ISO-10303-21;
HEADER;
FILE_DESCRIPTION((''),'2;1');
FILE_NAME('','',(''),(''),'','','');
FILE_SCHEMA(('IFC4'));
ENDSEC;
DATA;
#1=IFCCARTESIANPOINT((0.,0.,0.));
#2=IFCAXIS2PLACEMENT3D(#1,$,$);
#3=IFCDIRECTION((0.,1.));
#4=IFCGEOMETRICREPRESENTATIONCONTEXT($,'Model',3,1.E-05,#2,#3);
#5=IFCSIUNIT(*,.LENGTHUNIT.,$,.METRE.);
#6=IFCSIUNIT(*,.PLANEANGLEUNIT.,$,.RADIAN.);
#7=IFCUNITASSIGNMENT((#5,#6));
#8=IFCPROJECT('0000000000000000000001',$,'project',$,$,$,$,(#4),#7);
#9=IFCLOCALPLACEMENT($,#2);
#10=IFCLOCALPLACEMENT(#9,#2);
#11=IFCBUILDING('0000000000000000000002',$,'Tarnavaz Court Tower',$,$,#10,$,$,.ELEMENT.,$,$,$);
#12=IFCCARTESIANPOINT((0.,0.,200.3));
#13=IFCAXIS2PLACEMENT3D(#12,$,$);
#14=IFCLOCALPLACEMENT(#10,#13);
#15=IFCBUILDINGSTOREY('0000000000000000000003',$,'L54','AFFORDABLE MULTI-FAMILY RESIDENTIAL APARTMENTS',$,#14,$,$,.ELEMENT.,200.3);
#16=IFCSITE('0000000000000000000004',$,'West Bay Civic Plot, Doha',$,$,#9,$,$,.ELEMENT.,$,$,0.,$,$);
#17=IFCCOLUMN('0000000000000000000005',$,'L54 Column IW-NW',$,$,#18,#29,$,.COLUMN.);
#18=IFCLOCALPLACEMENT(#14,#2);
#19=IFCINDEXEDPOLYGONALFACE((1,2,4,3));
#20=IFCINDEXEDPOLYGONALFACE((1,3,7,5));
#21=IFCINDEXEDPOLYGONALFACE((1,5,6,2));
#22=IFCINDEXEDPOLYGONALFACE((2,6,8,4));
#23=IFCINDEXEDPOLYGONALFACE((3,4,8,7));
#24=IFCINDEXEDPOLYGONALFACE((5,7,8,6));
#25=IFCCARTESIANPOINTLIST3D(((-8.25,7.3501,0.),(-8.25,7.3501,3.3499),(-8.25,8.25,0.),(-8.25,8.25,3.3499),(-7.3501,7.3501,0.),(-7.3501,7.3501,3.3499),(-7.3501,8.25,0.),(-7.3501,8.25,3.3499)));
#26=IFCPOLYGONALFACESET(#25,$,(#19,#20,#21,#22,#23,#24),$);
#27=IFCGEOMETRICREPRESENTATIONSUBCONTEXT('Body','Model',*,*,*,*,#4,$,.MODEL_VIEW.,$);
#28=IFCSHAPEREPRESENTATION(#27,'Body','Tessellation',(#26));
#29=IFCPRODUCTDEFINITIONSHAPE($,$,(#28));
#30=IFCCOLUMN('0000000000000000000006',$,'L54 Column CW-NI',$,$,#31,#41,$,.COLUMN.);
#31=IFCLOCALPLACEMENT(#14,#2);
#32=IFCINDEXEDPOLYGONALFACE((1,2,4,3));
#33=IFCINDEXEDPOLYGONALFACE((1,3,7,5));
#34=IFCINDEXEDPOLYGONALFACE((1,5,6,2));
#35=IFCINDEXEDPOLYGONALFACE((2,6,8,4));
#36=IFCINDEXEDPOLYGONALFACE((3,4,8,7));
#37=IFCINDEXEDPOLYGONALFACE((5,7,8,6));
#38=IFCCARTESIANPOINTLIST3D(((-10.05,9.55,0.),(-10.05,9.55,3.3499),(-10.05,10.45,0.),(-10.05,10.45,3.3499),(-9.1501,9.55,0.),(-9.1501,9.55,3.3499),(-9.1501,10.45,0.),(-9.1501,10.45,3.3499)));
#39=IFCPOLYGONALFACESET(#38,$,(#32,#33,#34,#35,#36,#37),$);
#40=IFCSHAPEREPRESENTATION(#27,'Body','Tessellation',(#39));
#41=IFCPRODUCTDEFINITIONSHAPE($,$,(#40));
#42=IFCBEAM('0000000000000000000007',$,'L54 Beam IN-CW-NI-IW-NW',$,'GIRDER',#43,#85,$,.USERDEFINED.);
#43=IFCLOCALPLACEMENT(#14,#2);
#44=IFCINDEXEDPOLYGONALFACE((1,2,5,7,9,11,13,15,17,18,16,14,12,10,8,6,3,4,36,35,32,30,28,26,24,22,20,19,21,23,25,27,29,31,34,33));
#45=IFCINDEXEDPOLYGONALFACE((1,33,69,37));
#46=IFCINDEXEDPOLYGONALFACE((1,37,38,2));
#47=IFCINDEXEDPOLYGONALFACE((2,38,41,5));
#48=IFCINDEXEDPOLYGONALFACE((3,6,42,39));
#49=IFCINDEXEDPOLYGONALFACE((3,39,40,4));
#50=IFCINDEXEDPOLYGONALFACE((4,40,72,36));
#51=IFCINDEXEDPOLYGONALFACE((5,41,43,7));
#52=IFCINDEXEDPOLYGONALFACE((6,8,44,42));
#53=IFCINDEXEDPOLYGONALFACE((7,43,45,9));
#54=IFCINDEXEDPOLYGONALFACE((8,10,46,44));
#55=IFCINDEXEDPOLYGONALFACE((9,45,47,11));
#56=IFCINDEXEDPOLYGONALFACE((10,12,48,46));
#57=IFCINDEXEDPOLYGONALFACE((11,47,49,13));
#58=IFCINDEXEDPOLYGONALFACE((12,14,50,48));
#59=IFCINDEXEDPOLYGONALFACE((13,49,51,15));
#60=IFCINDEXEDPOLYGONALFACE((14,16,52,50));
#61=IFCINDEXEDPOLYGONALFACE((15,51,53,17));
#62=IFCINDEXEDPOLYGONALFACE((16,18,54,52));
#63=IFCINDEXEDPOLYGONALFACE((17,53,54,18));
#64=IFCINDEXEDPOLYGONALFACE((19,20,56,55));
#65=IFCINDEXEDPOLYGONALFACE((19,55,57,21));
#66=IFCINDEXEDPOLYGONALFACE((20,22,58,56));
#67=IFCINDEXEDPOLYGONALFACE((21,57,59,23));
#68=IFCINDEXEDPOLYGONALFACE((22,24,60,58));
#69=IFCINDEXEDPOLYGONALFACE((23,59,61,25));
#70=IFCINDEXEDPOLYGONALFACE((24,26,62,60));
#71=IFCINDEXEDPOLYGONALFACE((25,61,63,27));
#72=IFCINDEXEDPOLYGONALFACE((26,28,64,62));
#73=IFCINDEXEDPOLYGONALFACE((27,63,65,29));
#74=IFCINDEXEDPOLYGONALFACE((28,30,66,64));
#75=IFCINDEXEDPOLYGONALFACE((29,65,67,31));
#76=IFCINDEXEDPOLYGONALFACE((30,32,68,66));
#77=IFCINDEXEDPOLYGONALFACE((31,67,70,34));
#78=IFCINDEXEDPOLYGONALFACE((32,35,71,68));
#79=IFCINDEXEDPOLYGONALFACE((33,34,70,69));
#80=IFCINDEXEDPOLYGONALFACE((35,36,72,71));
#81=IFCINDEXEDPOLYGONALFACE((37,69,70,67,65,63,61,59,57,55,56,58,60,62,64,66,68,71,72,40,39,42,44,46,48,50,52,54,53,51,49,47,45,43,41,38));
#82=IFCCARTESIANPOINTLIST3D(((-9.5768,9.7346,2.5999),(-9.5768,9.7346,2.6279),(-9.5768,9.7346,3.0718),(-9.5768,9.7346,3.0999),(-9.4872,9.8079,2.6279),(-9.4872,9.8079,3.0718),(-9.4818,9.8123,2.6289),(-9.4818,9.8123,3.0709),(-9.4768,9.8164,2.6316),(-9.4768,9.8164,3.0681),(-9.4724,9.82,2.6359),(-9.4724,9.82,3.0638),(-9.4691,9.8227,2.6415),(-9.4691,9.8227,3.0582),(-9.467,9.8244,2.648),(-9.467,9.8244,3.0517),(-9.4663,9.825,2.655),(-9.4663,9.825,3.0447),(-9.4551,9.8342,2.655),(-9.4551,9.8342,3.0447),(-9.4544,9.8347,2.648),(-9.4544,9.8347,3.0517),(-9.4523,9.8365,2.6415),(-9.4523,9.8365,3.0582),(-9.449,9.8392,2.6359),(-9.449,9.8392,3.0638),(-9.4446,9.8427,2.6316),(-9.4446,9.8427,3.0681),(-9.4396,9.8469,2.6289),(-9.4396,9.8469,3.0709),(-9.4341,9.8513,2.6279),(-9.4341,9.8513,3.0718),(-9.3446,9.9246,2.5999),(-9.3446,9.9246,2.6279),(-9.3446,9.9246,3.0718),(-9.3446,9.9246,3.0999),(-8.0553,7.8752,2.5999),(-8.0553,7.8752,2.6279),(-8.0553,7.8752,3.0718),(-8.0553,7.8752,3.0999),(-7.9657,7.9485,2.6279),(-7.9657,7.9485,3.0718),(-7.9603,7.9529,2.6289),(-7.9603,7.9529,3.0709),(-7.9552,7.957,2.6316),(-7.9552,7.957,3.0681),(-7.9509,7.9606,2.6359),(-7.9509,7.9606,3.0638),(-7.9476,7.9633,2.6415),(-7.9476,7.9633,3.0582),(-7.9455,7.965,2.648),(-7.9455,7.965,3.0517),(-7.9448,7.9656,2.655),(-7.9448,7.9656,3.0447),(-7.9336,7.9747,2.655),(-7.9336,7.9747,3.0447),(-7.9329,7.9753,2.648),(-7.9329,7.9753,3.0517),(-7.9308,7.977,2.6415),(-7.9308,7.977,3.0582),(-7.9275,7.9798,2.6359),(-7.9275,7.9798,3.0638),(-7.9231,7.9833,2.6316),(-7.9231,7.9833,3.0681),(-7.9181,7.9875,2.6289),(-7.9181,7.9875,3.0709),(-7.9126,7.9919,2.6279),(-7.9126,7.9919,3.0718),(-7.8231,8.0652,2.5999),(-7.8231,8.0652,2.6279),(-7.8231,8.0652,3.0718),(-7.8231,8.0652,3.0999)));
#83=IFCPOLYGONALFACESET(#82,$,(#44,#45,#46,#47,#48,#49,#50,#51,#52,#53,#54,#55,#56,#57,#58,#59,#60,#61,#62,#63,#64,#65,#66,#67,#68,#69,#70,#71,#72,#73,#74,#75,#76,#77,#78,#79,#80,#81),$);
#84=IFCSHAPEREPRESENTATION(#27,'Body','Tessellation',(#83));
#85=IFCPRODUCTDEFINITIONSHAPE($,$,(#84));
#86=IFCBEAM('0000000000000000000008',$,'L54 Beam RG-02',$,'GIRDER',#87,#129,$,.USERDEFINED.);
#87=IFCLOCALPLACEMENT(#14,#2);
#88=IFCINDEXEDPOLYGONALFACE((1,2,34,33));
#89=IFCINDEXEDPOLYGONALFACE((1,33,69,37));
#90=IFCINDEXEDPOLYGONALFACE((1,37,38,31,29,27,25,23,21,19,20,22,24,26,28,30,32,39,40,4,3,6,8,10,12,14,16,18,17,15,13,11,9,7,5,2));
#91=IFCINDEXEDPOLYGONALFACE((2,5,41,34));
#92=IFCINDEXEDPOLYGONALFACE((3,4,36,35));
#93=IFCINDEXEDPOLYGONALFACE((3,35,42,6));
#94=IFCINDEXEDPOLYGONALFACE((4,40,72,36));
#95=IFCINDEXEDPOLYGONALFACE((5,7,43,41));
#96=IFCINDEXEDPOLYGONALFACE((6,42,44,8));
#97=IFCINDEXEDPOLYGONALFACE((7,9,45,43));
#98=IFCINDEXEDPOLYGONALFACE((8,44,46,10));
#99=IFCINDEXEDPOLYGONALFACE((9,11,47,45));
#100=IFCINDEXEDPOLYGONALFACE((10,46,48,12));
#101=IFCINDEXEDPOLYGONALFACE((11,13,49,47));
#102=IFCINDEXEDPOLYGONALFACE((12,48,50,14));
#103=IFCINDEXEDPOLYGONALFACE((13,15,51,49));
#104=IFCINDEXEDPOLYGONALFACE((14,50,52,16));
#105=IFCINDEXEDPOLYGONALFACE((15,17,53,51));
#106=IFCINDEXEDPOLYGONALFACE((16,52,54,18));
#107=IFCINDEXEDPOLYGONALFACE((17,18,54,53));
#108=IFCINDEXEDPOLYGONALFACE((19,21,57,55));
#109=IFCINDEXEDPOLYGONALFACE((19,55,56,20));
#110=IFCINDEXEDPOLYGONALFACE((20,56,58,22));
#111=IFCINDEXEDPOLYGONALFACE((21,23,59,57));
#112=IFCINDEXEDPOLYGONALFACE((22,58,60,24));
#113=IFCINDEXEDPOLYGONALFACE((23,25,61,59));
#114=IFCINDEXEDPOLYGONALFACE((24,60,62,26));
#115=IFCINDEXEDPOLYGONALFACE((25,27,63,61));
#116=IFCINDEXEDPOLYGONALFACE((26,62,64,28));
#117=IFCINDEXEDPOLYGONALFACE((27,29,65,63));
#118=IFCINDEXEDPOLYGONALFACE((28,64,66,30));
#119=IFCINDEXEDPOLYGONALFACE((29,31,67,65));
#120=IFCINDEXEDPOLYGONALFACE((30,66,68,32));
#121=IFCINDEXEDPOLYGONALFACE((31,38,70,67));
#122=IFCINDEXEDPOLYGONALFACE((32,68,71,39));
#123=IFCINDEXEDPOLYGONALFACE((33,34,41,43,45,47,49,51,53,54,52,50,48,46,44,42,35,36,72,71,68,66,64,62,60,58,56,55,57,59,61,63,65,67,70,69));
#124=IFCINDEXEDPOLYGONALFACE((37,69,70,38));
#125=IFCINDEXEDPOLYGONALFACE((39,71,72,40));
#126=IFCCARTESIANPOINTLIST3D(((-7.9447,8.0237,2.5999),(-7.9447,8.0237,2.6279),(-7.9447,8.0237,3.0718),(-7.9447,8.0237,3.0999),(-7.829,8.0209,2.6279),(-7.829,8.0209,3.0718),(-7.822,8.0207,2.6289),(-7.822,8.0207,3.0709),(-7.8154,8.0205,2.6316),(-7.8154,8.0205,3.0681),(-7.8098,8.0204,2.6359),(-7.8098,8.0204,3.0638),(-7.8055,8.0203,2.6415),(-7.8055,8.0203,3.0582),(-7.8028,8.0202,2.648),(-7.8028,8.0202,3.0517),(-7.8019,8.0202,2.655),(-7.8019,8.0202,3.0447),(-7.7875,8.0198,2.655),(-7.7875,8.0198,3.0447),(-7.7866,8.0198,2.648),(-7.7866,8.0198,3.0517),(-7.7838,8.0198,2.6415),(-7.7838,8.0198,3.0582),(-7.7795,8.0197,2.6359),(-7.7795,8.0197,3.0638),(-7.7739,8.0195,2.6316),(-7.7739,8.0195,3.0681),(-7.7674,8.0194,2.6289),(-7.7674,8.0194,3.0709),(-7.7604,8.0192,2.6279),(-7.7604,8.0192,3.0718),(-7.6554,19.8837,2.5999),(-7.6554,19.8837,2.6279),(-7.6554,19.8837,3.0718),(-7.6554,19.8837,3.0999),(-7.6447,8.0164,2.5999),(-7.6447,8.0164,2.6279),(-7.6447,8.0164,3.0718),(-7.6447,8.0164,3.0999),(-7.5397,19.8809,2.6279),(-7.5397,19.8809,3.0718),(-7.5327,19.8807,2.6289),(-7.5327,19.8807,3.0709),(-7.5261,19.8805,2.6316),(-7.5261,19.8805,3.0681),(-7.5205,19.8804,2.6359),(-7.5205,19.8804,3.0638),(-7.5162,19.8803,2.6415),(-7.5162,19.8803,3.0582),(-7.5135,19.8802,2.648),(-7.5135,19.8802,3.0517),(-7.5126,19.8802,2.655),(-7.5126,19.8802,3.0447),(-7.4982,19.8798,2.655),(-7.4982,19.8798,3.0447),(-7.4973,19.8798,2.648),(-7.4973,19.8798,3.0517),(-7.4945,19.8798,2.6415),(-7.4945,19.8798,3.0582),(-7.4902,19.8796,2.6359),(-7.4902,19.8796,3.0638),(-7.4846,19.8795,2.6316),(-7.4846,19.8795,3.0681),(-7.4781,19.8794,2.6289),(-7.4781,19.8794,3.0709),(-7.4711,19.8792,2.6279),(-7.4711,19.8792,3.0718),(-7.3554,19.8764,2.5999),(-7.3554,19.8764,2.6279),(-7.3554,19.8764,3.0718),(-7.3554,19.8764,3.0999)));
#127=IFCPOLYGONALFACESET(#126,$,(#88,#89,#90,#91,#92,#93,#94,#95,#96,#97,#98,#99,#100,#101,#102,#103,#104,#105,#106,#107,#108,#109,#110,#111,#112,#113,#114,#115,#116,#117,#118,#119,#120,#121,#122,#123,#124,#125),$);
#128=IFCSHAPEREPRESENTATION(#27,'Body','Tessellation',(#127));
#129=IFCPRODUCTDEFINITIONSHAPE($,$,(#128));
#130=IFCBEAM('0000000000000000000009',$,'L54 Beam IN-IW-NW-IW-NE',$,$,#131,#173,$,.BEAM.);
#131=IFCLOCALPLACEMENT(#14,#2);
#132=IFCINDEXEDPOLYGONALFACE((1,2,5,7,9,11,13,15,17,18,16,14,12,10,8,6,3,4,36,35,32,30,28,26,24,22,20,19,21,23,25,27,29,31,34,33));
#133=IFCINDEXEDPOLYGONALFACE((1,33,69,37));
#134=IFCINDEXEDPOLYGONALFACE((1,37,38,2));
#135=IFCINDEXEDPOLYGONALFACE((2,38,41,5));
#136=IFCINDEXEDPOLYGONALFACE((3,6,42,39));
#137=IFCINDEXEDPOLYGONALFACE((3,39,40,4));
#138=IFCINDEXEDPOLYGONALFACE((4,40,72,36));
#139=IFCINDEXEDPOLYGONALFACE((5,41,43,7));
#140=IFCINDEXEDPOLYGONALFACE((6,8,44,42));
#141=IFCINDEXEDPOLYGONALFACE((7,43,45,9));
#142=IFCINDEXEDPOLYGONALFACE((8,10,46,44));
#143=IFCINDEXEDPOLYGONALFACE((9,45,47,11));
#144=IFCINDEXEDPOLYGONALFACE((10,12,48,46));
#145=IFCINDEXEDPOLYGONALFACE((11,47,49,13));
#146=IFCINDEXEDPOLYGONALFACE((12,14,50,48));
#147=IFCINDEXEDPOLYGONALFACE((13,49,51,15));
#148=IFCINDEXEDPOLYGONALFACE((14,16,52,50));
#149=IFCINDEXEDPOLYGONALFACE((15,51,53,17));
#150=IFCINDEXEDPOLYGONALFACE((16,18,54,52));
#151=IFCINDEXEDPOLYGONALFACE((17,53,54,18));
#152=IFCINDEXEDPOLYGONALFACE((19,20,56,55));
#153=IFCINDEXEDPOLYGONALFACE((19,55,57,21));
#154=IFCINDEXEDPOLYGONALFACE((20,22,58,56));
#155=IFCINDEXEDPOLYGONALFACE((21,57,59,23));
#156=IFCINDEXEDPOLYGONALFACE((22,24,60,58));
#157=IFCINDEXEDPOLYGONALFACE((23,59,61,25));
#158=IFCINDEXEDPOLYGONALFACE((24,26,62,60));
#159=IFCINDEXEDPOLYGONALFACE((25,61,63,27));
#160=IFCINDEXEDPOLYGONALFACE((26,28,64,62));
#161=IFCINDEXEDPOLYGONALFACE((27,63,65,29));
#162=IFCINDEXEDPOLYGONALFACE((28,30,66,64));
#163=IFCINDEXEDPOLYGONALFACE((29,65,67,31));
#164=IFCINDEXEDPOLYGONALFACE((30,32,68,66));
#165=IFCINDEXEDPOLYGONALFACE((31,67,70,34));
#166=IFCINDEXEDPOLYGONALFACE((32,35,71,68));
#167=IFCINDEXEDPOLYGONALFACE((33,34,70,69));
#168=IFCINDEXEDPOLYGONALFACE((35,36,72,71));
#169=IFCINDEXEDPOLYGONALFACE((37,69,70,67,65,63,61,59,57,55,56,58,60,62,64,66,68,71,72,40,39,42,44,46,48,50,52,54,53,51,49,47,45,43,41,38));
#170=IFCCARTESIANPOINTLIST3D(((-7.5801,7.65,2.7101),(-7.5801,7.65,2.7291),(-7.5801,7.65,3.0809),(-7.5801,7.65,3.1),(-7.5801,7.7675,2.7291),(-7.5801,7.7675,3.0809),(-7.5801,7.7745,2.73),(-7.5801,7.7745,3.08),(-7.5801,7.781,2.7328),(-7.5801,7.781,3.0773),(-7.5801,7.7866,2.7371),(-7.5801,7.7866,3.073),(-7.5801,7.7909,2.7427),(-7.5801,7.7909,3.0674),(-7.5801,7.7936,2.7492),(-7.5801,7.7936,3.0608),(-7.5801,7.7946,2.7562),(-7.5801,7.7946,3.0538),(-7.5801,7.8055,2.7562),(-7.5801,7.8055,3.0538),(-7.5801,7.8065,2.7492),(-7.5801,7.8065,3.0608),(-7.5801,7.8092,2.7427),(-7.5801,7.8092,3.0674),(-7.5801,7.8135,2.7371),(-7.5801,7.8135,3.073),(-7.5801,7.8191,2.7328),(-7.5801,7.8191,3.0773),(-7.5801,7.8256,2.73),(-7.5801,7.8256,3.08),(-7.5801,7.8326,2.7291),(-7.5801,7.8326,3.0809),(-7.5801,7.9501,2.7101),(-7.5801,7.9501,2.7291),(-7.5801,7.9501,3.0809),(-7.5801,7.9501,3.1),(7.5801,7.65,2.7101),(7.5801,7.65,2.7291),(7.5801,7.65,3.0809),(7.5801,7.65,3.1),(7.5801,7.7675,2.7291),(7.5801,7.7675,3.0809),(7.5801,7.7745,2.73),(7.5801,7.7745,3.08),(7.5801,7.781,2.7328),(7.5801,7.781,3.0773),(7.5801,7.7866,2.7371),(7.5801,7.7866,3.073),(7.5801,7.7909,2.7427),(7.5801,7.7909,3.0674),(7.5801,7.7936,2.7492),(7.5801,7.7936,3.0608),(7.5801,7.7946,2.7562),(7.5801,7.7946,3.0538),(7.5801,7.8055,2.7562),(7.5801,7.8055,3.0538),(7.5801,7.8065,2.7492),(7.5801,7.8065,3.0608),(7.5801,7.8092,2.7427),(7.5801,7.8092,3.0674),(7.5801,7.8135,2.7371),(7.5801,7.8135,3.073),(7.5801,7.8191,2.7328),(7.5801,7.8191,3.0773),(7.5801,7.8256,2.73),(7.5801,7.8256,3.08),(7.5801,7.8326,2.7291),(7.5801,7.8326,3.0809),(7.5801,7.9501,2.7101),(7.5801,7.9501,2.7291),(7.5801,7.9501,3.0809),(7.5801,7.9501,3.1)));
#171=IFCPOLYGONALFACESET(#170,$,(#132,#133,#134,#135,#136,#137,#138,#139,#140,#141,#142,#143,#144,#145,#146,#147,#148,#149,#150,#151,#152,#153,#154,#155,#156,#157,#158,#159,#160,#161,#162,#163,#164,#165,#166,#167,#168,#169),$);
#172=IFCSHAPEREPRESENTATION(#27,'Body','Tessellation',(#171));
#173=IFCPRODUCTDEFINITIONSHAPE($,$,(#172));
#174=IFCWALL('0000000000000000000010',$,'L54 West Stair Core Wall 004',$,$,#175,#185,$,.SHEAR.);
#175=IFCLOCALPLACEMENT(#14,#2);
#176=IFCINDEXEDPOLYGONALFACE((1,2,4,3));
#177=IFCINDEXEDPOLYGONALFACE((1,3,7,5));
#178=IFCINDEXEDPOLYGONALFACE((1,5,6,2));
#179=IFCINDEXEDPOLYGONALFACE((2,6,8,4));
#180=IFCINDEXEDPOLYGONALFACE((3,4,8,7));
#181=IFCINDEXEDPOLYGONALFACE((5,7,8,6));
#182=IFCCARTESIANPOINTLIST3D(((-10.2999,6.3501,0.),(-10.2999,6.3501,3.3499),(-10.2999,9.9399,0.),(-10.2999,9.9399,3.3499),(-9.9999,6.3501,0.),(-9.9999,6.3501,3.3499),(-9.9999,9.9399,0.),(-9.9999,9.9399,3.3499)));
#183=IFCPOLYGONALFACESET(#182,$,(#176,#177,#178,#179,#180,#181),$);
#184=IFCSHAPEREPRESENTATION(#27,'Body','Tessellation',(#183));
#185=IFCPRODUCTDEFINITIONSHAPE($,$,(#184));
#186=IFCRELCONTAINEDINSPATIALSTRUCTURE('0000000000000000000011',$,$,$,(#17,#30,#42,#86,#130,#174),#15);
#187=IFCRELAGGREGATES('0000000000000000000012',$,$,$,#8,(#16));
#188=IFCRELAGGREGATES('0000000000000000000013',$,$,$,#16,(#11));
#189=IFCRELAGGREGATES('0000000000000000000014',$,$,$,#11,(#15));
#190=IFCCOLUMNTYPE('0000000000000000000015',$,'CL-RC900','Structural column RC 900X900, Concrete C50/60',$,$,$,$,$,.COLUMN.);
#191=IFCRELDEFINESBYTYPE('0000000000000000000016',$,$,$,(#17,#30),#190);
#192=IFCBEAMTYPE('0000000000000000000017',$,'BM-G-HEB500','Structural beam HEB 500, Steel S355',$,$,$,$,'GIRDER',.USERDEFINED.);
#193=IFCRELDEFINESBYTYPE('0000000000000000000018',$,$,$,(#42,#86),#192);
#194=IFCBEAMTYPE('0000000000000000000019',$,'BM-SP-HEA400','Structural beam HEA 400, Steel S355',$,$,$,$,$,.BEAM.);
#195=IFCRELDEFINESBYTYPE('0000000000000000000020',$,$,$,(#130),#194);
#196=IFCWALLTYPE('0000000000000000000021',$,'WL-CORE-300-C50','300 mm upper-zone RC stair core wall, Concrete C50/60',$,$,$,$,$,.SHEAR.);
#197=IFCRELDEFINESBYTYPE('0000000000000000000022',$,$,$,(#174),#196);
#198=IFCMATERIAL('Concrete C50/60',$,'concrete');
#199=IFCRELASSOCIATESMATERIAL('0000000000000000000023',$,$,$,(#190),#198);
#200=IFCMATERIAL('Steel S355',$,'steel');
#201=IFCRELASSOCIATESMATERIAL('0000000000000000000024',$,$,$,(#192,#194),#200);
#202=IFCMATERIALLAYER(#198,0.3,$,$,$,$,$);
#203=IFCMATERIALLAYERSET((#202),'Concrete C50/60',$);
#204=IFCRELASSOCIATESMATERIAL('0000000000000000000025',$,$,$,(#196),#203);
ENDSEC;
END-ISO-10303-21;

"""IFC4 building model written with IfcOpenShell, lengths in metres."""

from ifc_helpers import new_model, si_unit, direction, frame, frame_2d, origin, origin_2d, place, context, subcontext, project, spatial, rectangle, i_section, extrude, material, layer, layer_set, material_profile, profile_set, type_object, element, save


model = new_model("IFC4")

# Units and contexts
model_context = context("Model", 3, precision=1e-05, world=origin(), true_north=direction((0.0, 1.0)))
body_context = subcontext(model_context, "Body", "Model", "MODEL_VIEW")
ifc_project = project(units=[si_unit("LENGTHUNIT", "METRE"), si_unit("PLANEANGLEUNIT", "RADIAN")], contexts=[model_context])

# Site, building, storey
site_placement = place(None, origin())
site = spatial("IfcSite", under=ifc_project, at=site_placement, Name="West Bay Civic Plot, Doha", CompositionType="ELEMENT", RefElevation=0.0)
building_placement = place(site_placement, origin())
building = spatial("IfcBuilding", under=site, at=building_placement, Name="Tarnavaz Court Tower", CompositionType="ELEMENT")
storey_placement = place(building_placement, frame((0.0, 0.0, 200.3)))
storey = spatial("IfcBuildingStorey", under=building, at=storey_placement, Name="L54", Description="AFFORDABLE MULTI-FAMILY RESIDENTIAL APARTMENTS", CompositionType="ELEMENT", Elevation=200.3)

# Columns
ifc_material_1 = material(Name="Concrete C50/60", Category="concrete")
ifc_material_profile_1 = material_profile(ifc_material_1, rectangle(XDim=0.8999, YDim=0.8999, at=origin_2d()), Name="RC 900X900")
ifc_profile_set_1 = profile_set([ifc_material_profile_1], Name="Concrete C50/60")
column_type = type_object("IfcColumnType", Name="CL-RC900", Description="Structural column RC 900X900, Concrete C50/60", PredefinedType="COLUMN", material=ifc_profile_set_1)
for number, where, z_axis, x_axis, name in (
    (1, (-7.8, 7.8, 0.0), (0.0, 0.0, 1.0), (1.0, 0.0, 0.0), "L54 Column IW-NW"),
    (2, (-9.6001, 10.0, 0.0), (0.0, 0.0, 1.0), (1.0, 0.0, 0.0), "L54 Column CW-NI"),
):
    element("IfcColumn", number, at=place(storey_placement, frame(where, z_axis=z_axis, x_axis=x_axis)), inside=storey, type_object=column_type, Name=name, PredefinedType="COLUMN", context=body_context, shape_type="SweptSolid", body=[
        extrude(rectangle(XDim=0.8999, YDim=0.8999, at=origin_2d()), origin(), (0.0, 0.0, 1.0), 3.3499),
    ])

# Beams
ifc_material_2 = material(Name="Steel S355", Category="steel")
ifc_material_profile_2 = material_profile(ifc_material_2, i_section(OverallWidth=0.3, OverallDepth=0.5, WebThickness=0.0144, FlangeThickness=0.0281, FilletRadius=0.0271, at=origin_2d()), Name="HEB 500")
ifc_profile_set_2 = profile_set([ifc_material_profile_2], Name="Steel S355")
beam_type_1 = type_object("IfcBeamType", Name="BM-G-HEB500", Description="Structural beam HEB 500, Steel S355", ElementType="GIRDER", PredefinedType="USERDEFINED", material=ifc_profile_set_2)
beam_1_placement = place(storey_placement, frame((-9.4607, 9.8296, 2.8499), z_axis=(0.633282, -0.773921, 0.0), x_axis=(0.773921, 0.633282, 0.0)))
element("IfcBeam", 3, at=beam_1_placement, inside=storey, type_object=beam_type_1, Name="L54 Beam IN-CW-NI-IW-NW", ObjectType="GIRDER", PredefinedType="USERDEFINED", context=body_context, shape_type="SweptSolid", body=[
    extrude(i_section(OverallWidth=0.3, OverallDepth=0.5, WebThickness=0.0144, FlangeThickness=0.0281, FilletRadius=0.0271, at=origin_2d()), origin(), (0.0, 0.0, 1.0), 2.4026),
])
beam_2_placement = place(storey_placement, frame((-7.7947, 8.02, 2.8499), z_axis=(0.024386, 0.999703, 0.0), x_axis=(-0.999703, 0.024386, 0.0)))
element("IfcBeam", 4, at=beam_2_placement, inside=storey, type_object=beam_type_1, Name="L54 Beam RG-02", ObjectType="GIRDER", PredefinedType="USERDEFINED", context=body_context, shape_type="SweptSolid", body=[
    extrude(i_section(OverallWidth=0.3, OverallDepth=0.5, WebThickness=0.0144, FlangeThickness=0.0281, FilletRadius=0.0271, at=origin_2d()), origin(), (0.0, 0.0, 1.0), 11.8635),
])
ifc_material_profile_3 = material_profile(ifc_material_2, i_section(OverallWidth=0.3, OverallDepth=0.3899, WebThickness=0.011, FlangeThickness=0.019, FilletRadius=0.0271, at=origin_2d()), Name="HEA 400")
ifc_profile_set_3 = profile_set([ifc_material_profile_3], Name="Steel S355")
beam_type_2 = type_object("IfcBeamType", Name="BM-SP-HEA400", Description="Structural beam HEA 400, Steel S355", PredefinedType="BEAM", material=ifc_profile_set_3)
beam_3_placement = place(storey_placement, frame((-7.5801, 7.8, 2.905), z_axis=(1.0, 0.0, 0.0), x_axis=(0.0, 1.0, 0.0)))
element("IfcBeam", 5, at=beam_3_placement, inside=storey, type_object=beam_type_2, Name="L54 Beam IN-IW-NW-IW-NE", PredefinedType="BEAM", context=body_context, shape_type="SweptSolid", body=[
    extrude(i_section(OverallWidth=0.3, OverallDepth=0.3899, WebThickness=0.011, FlangeThickness=0.019, FilletRadius=0.0271, at=origin_2d()), origin(), (0.0, 0.0, 1.0), 15.1602),
])

# Wall
ifc_layer_1 = layer(ifc_material_1, 0.3)
ifc_layer_set_1 = layer_set([ifc_layer_1], Name="Concrete C50/60")
wall_type_1 = type_object("IfcWallType", Name="WL-CORE-300-C50", Description="300 mm upper-zone RC stair core wall, Concrete C50/60", PredefinedType="SHEAR", material=ifc_layer_set_1)
wall_1_placement = place(storey_placement, frame((-10.1499, 6.3501, 0.0), z_axis=(0.0, 0.0, 1.0), x_axis=(0.0, 1.0, 0.0)))
element("IfcWall", 6, at=wall_1_placement, inside=storey, type_object=wall_type_1, Name="L54 West Stair Core Wall 004", PredefinedType="SHEAR", context=body_context, shape_type="SweptSolid", body=[
    extrude(rectangle(XDim=3.5898, YDim=0.3, at=frame_2d((1.7949, 0.0))), origin(), (0.0, 0.0, 1.0), 3.3499),
])

save(model, "model.ifc")
